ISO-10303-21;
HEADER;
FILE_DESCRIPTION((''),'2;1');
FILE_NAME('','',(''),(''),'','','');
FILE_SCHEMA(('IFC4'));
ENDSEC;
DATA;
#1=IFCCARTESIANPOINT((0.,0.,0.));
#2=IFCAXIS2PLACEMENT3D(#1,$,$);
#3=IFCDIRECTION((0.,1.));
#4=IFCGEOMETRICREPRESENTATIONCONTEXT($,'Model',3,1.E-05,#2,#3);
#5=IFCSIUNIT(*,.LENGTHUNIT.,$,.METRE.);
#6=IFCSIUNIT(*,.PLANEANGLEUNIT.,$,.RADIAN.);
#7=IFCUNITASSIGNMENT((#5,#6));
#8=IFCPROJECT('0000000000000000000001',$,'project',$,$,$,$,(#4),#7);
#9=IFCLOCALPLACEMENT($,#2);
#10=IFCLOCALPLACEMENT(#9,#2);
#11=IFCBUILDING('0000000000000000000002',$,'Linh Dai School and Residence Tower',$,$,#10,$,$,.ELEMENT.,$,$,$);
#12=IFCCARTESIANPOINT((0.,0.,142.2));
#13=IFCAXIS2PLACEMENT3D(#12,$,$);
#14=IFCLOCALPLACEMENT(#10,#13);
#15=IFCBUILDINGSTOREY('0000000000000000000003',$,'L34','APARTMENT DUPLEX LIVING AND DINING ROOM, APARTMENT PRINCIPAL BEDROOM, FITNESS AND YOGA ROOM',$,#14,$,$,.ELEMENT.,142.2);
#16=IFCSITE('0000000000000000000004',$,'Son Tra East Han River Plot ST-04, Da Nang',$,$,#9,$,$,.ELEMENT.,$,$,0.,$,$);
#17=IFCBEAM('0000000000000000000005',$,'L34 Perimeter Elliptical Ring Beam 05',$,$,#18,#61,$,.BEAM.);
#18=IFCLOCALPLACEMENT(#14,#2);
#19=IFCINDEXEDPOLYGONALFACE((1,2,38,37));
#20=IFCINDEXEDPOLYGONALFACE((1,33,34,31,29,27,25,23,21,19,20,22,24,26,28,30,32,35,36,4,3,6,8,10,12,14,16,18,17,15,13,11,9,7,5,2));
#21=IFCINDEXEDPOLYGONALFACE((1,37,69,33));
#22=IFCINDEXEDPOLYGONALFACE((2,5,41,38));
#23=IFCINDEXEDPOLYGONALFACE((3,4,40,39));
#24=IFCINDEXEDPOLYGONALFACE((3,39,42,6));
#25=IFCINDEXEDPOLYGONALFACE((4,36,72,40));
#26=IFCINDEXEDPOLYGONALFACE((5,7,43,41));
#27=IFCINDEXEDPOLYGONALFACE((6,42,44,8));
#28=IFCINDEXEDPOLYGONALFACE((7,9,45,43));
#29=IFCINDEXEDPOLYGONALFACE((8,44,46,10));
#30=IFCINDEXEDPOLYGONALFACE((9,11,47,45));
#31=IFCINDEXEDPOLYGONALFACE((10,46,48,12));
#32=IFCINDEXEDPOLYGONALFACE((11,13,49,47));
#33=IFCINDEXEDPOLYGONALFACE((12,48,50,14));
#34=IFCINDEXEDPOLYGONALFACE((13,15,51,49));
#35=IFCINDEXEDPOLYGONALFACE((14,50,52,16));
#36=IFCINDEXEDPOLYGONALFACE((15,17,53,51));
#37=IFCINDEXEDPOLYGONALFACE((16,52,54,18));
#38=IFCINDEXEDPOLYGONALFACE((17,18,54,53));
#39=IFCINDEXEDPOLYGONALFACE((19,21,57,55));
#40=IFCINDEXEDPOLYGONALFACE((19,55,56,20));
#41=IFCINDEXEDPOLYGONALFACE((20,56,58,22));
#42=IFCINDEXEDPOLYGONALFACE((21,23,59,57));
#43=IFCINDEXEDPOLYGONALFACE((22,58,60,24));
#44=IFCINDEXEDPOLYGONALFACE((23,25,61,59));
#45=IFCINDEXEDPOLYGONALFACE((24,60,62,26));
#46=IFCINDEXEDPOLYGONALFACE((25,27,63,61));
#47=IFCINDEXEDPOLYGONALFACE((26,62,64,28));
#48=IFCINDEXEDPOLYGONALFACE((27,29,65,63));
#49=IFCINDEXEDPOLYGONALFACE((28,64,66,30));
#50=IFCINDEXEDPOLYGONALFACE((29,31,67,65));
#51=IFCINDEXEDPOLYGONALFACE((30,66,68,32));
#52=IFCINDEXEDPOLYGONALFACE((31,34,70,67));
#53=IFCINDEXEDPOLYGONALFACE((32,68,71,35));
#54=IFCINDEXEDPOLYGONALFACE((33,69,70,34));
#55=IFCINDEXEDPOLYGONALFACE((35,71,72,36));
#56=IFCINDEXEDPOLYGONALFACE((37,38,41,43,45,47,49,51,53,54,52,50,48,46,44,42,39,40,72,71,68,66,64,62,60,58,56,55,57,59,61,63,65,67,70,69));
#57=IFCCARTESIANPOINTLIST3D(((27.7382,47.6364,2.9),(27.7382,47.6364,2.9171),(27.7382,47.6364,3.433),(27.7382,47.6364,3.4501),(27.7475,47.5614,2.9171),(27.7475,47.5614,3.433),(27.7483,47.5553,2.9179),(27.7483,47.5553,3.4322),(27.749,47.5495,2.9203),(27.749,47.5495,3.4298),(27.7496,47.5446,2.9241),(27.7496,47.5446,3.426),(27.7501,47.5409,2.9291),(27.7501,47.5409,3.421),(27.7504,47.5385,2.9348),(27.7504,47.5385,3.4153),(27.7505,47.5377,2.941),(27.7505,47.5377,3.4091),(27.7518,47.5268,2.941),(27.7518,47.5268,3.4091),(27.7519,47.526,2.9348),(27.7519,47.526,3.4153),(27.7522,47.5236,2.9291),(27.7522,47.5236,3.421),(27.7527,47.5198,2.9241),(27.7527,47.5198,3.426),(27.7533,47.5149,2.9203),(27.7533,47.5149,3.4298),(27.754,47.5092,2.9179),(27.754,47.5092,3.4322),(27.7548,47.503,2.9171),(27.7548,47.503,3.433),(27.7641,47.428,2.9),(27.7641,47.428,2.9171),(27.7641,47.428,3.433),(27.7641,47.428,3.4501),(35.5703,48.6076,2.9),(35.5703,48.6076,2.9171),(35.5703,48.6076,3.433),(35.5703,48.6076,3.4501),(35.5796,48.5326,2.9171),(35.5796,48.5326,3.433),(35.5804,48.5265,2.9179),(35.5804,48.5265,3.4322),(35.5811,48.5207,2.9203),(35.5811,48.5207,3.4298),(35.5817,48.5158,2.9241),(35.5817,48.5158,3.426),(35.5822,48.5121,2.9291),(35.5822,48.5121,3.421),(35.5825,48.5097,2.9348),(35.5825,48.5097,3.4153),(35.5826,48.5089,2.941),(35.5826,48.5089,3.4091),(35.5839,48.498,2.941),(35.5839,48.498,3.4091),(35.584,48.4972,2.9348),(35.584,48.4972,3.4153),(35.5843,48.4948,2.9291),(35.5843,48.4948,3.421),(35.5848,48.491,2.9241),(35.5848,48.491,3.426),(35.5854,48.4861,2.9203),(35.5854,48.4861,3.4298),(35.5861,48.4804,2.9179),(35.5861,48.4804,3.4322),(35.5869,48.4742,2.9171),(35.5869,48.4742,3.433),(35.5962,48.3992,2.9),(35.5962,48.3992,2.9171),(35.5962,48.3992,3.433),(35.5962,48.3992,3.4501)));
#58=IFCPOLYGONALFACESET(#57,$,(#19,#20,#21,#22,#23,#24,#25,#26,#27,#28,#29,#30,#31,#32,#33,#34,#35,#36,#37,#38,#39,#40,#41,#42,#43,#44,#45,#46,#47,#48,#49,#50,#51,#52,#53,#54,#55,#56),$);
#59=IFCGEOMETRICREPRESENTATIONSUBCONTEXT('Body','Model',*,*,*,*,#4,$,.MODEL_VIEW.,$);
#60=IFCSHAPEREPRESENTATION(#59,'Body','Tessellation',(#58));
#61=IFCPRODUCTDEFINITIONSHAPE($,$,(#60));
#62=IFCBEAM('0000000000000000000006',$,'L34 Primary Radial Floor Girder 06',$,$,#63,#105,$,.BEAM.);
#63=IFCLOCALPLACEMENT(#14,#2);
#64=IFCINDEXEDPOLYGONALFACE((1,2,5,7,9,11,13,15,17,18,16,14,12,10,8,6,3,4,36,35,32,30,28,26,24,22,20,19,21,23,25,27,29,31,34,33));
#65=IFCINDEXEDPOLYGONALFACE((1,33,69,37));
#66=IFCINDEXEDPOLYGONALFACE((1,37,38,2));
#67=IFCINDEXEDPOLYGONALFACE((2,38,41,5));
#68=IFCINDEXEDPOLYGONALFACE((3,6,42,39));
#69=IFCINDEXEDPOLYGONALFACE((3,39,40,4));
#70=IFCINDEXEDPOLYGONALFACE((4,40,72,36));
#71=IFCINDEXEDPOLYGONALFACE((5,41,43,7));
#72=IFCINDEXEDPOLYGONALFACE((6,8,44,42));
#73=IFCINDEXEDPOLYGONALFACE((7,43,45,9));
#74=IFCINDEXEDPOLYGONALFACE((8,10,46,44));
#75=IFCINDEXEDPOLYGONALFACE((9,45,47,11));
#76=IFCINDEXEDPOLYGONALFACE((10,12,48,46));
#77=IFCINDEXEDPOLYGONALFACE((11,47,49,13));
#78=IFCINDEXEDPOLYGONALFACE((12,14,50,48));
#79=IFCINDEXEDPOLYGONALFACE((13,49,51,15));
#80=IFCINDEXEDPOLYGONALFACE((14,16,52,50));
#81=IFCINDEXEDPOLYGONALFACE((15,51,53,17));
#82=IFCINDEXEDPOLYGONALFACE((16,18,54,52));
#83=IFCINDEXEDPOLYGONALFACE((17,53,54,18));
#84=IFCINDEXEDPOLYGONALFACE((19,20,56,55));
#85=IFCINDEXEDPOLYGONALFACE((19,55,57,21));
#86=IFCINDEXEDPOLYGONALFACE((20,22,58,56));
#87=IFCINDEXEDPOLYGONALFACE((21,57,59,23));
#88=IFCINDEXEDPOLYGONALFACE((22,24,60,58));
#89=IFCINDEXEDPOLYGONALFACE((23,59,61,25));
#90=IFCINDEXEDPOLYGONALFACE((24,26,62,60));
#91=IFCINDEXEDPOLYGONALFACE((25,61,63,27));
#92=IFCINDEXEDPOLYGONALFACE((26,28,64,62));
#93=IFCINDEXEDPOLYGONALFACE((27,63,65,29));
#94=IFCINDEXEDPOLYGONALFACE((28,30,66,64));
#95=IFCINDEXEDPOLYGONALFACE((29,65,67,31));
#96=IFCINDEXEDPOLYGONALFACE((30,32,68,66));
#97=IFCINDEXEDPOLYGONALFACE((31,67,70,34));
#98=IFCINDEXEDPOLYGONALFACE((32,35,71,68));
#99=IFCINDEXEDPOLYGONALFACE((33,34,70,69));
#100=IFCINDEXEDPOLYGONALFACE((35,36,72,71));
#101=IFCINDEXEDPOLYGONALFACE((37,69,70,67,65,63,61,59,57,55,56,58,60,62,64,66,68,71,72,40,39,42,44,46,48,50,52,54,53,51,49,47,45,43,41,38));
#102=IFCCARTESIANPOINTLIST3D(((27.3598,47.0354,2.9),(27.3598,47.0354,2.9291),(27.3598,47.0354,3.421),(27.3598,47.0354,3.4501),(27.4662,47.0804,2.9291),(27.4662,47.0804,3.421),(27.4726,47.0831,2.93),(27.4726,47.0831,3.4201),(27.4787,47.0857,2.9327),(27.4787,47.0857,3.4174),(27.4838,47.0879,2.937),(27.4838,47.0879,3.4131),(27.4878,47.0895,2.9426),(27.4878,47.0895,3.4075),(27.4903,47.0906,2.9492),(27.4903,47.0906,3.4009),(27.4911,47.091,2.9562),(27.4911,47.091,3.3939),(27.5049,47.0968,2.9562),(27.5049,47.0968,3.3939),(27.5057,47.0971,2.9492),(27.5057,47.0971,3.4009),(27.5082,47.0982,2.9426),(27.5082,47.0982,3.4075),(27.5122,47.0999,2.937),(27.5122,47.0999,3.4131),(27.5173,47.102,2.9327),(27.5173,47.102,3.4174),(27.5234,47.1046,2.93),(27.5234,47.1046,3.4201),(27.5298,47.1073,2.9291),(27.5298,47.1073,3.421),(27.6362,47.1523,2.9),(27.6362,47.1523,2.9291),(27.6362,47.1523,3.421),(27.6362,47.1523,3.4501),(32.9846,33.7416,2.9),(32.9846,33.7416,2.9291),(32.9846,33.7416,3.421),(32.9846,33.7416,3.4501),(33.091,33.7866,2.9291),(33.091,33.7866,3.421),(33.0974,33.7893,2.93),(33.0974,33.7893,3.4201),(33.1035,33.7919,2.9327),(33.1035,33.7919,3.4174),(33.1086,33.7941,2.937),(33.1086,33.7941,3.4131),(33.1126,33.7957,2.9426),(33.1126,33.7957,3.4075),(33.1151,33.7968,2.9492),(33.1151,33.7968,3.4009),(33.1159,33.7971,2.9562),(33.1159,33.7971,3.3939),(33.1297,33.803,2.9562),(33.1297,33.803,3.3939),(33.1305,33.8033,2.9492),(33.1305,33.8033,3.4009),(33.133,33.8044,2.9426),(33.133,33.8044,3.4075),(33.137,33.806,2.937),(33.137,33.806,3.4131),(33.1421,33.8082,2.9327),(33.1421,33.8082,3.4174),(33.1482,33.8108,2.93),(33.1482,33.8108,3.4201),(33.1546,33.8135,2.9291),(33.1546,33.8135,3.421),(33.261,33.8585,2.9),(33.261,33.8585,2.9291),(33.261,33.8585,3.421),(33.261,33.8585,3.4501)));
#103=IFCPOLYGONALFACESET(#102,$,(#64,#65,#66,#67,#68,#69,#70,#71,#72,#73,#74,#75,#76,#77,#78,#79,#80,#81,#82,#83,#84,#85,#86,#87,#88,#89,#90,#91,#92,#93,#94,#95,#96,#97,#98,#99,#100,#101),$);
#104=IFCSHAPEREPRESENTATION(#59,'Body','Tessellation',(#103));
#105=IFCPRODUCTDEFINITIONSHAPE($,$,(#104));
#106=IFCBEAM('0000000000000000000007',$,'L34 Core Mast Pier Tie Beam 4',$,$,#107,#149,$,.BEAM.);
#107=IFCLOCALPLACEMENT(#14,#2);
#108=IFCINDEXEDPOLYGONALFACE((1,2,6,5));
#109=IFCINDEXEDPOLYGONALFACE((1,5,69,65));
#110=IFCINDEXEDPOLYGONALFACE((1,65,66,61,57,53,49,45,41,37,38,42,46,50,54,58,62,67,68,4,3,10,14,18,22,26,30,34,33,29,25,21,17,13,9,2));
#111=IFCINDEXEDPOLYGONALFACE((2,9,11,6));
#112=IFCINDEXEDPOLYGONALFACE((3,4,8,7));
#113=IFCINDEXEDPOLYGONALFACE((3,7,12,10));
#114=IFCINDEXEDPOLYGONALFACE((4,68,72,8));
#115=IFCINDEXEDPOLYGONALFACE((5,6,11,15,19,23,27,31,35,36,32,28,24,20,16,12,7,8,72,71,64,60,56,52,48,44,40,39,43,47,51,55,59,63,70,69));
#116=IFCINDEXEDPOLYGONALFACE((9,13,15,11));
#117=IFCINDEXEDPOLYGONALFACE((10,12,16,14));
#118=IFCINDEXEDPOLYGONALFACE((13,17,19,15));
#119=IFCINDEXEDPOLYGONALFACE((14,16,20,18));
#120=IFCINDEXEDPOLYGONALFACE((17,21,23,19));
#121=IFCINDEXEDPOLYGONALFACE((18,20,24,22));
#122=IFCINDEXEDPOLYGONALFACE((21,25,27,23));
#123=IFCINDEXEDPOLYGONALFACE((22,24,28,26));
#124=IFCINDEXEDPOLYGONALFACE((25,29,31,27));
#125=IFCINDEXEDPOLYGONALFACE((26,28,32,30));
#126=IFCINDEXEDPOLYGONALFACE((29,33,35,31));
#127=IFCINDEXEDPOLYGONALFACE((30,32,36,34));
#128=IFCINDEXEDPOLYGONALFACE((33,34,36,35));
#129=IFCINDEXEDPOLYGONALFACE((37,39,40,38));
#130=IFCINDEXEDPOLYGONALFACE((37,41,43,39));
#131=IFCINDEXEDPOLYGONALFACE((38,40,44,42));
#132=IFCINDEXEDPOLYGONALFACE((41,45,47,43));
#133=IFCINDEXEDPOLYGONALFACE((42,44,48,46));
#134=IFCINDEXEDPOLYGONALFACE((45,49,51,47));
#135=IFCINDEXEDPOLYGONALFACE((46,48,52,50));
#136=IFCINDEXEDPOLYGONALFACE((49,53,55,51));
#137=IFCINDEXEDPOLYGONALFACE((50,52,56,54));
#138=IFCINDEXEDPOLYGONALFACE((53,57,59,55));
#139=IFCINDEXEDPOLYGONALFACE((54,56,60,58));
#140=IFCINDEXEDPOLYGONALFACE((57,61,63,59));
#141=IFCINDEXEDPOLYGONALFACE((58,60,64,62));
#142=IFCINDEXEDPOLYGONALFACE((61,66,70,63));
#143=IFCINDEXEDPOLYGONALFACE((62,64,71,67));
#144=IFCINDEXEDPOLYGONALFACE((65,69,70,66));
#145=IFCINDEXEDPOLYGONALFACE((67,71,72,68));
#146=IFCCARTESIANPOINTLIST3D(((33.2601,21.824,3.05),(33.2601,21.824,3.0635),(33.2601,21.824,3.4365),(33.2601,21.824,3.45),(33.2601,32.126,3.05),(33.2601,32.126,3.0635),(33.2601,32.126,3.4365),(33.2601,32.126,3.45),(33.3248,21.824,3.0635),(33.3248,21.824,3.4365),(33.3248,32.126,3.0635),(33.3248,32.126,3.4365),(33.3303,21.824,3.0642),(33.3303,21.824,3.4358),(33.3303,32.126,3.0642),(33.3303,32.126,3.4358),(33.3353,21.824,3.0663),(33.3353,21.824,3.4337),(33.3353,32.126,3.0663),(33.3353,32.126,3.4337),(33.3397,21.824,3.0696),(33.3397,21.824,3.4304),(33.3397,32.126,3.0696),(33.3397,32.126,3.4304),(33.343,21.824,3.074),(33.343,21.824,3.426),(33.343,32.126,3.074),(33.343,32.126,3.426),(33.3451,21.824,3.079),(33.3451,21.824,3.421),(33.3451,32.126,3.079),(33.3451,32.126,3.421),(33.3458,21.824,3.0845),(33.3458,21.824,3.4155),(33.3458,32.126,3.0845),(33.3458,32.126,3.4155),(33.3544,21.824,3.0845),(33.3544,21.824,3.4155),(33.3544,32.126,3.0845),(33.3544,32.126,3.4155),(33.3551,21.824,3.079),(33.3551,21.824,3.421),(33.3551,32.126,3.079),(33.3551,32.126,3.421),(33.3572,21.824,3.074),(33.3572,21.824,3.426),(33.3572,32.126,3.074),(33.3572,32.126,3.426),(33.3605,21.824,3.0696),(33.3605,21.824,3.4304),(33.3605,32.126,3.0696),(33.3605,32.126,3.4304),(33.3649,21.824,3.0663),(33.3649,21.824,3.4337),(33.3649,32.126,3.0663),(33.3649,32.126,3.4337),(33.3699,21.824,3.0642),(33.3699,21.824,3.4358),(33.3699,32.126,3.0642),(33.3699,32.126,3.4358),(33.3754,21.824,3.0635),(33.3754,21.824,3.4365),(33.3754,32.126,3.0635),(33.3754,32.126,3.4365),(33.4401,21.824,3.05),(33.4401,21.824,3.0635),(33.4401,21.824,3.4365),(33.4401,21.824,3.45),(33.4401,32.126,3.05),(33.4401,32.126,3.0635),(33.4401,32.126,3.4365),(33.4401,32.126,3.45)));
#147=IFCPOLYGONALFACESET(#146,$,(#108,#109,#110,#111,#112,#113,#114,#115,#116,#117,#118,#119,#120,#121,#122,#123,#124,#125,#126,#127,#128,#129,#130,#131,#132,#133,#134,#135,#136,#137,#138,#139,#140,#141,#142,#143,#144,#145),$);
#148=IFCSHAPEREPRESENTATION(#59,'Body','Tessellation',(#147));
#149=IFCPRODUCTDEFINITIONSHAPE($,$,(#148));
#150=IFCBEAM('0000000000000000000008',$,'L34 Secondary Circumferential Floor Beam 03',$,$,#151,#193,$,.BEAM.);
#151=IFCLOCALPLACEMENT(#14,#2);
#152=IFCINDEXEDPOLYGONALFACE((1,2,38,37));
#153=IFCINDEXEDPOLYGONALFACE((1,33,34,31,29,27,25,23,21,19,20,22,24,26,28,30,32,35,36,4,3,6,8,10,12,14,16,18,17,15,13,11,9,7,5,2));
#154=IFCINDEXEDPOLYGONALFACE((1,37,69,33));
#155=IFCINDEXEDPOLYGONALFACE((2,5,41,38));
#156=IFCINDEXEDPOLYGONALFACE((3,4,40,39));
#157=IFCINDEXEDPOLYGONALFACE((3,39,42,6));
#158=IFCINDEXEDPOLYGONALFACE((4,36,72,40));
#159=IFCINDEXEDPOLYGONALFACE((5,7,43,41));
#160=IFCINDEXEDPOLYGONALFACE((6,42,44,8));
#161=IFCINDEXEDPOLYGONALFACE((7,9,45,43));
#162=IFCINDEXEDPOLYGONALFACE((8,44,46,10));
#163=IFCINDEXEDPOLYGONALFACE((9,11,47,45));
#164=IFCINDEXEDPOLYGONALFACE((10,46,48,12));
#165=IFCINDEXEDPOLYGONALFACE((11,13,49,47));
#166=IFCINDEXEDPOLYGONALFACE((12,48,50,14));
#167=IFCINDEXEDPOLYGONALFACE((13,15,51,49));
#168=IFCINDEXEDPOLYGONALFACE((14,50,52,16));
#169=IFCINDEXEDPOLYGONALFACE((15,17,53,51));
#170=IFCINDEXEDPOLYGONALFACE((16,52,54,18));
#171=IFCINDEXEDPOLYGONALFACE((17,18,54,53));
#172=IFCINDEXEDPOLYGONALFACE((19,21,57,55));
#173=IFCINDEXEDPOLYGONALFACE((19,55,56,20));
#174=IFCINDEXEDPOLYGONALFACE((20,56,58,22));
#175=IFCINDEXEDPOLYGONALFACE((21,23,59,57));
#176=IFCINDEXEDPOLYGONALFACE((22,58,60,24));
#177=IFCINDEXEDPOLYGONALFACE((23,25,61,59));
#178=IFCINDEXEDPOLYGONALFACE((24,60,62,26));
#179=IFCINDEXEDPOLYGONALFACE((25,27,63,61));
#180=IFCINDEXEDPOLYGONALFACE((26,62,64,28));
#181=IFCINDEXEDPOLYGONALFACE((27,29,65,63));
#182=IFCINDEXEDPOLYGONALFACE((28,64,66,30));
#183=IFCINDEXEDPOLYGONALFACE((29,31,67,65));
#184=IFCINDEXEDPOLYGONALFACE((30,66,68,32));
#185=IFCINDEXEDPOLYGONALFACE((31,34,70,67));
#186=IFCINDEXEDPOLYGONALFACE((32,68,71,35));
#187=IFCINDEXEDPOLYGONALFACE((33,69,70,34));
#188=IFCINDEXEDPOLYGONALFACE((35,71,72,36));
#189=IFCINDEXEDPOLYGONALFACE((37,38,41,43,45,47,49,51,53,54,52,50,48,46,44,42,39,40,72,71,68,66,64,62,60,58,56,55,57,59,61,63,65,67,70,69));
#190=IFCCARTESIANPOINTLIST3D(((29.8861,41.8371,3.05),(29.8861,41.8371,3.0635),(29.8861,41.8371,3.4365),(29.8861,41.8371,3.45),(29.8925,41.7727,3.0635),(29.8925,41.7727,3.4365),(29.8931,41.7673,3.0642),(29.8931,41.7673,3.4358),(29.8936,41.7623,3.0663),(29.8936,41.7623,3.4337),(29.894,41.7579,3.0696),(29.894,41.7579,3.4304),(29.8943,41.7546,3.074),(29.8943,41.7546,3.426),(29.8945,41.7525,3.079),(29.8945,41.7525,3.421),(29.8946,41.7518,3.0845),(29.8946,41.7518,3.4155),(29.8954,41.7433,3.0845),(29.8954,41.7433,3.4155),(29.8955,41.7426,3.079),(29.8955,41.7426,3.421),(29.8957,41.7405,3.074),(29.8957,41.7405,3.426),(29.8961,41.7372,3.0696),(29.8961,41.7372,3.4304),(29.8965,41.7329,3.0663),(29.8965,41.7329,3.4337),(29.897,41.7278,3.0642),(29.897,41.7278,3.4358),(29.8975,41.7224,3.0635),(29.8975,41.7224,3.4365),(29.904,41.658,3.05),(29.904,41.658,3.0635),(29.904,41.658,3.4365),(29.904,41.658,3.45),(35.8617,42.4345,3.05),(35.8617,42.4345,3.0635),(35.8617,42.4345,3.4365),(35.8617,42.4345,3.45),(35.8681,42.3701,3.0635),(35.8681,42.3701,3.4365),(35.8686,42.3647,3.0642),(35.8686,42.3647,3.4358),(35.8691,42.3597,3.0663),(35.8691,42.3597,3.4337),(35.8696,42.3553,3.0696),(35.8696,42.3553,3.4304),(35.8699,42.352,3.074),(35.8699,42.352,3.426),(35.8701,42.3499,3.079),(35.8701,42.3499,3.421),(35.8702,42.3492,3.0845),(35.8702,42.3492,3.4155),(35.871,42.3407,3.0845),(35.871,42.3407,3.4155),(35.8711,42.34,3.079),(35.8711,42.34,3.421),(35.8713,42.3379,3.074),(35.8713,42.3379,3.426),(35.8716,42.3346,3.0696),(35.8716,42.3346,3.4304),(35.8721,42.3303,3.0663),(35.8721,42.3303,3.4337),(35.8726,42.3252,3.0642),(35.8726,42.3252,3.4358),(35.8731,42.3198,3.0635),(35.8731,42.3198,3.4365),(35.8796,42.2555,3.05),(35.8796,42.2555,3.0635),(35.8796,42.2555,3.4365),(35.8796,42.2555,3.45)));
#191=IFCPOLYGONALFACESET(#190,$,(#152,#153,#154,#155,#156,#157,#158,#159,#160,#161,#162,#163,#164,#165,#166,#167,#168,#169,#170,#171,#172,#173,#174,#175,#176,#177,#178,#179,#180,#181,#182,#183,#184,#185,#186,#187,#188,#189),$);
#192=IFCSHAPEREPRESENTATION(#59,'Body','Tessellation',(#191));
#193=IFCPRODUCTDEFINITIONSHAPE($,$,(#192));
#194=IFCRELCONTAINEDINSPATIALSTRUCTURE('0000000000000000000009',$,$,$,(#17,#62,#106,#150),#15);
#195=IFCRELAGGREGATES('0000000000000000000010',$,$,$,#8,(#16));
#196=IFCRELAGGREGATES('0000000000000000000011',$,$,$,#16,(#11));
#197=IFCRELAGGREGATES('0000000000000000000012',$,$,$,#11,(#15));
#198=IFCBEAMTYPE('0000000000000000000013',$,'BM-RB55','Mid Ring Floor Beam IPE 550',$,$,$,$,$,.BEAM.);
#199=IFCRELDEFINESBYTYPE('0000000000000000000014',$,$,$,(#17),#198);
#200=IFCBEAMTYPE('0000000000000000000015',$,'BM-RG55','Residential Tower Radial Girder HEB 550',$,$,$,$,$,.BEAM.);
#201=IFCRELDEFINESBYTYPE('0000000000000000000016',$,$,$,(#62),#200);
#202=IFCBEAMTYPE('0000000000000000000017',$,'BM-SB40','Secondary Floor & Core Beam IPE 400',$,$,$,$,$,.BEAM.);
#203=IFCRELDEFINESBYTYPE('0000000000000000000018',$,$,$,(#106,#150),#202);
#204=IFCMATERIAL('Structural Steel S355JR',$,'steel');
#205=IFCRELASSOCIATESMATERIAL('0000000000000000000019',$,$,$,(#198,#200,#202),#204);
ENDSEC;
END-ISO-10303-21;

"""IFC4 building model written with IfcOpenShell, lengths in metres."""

from ifc_helpers import new_model, si_unit, direction, frame, origin, origin_2d, place, context, subcontext, project, spatial, i_section, extrude, material, material_profile, profile_set, type_object, element, save


model = new_model("IFC4")

# Units and contexts
model_context = context("Model", 3, precision=1e-05, world=origin(), true_north=direction((0.0, 1.0)))
body_context = subcontext(model_context, "Body", "Model", "MODEL_VIEW")
ifc_project = project(units=[si_unit("LENGTHUNIT", "METRE"), si_unit("PLANEANGLEUNIT", "RADIAN")], contexts=[model_context])

# Site, building, storey
site_placement = place(None, origin())
site = spatial("IfcSite", under=ifc_project, at=site_placement, Name="Son Tra East Han River Plot ST-04, Da Nang", CompositionType="ELEMENT", RefElevation=0.0)
building_placement = place(site_placement, origin())
building = spatial("IfcBuilding", under=site, at=building_placement, Name="Linh Dai School and Residence Tower", CompositionType="ELEMENT")
storey_placement = place(building_placement, frame((0.0, 0.0, 142.2)))
storey = spatial("IfcBuildingStorey", under=building, at=storey_placement, Name="L34", Description="APARTMENT DUPLEX LIVING AND DINING ROOM, APARTMENT PRINCIPAL BEDROOM, FITNESS AND YOGA ROOM", CompositionType="ELEMENT", Elevation=142.2)

# Shared definitions
ifc_material_1 = material(Name="Structural Steel S355JR", Category="steel")

# Beams
ifc_material_profile_1 = material_profile(ifc_material_1, i_section(OverallWidth=0.21, OverallDepth=0.55, WebThickness=0.011, FlangeThickness=0.0171, FilletRadius=0.0239, at=origin_2d()), Name="IPE 550")
ifc_profile_set_1 = profile_set([ifc_material_profile_1], Name="Structural Steel S355JR")
beam_type_1 = type_object("IfcBeamType", Name="BM-RB55", Description="Mid Ring Floor Beam IPE 550", PredefinedType="BEAM", material=ifc_profile_set_1)
beam_1_placement = place(storey_placement, frame((35.5833, 48.5034, 3.175), z_axis=(-0.992399, -0.12306, 0.0), x_axis=(0.12306, -0.992399, 0.0)))
element("IfcBeam", 1, at=beam_1_placement, inside=storey, type_object=beam_type_1, Name="L34 Perimeter Elliptical Ring Beam 05", PredefinedType="BEAM", context=body_context, shape_type="SweptSolid", body=[
    extrude(i_section(OverallWidth=0.21, OverallDepth=0.55, WebThickness=0.011, FlangeThickness=0.0171, FilletRadius=0.0239, at=origin_2d()), origin(), (0.0, 0.0, 1.0), 7.8921),
])
ifc_material_profile_2 = material_profile(ifc_material_1, i_section(OverallWidth=0.3, OverallDepth=0.55, WebThickness=0.0149, FlangeThickness=0.0291, FilletRadius=0.0271, at=origin_2d()), Name="HEB 550")
ifc_profile_set_2 = profile_set([ifc_material_profile_2], Name="Structural Steel S355JR")
beam_type_2 = type_object("IfcBeamType", Name="BM-RG55", Description="Residential Tower Radial Girder HEB 550", PredefinedType="BEAM", material=ifc_profile_set_2)
beam_2_placement = place(storey_placement, frame((33.1228, 33.8, 3.175), z_axis=(-0.389669, 0.920955, 0.0), x_axis=(-0.920955, -0.389669, 0.0)))
element("IfcBeam", 2, at=beam_2_placement, inside=storey, type_object=beam_type_2, Name="L34 Primary Radial Floor Girder 06", PredefinedType="BEAM", context=body_context, shape_type="SweptSolid", body=[
    extrude(i_section(OverallWidth=0.3, OverallDepth=0.55, WebThickness=0.0149, FlangeThickness=0.0291, FilletRadius=0.0271, at=origin_2d()), origin(), (0.0, 0.0, 1.0), 14.4348),
])
ifc_material_profile_3 = material_profile(ifc_material_1, i_section(OverallWidth=0.1799, OverallDepth=0.3999, WebThickness=0.0085, FlangeThickness=0.0134, FilletRadius=0.021, at=origin_2d()), Name="IPE 400")
ifc_profile_set_3 = profile_set([ifc_material_profile_3], Name="Structural Steel S355JR")
beam_type_3 = type_object("IfcBeamType", Name="BM-SB40", Description="Secondary Floor & Core Beam IPE 400", PredefinedType="BEAM", material=ifc_profile_set_3)
beam_3_placement = place(storey_placement, frame((33.3501, 32.126, 3.25), z_axis=(0.0, -1.0, 0.0), x_axis=(1.0, 0.0, 0.0)))
element("IfcBeam", 3, at=beam_3_placement, inside=storey, type_object=beam_type_3, Name="L34 Core Mast Pier Tie Beam 4", PredefinedType="BEAM", context=body_context, shape_type="SweptSolid", body=[
    extrude(i_section(OverallWidth=0.1799, OverallDepth=0.3999, WebThickness=0.0085, FlangeThickness=0.0134, FilletRadius=0.021, at=origin_2d()), origin(), (0.0, 0.0, 1.0), 10.302),
])
beam_4_placement = place(storey_placement, frame((35.8706, 42.345, 3.25), z_axis=(-0.99504, -0.09948, 0.0), x_axis=(0.09948, -0.99504, 0.0)))
element("IfcBeam", 4, at=beam_4_placement, inside=storey, type_object=beam_type_3, Name="L34 Secondary Circumferential Floor Beam 03", PredefinedType="BEAM", context=body_context, shape_type="SweptSolid", body=[
    extrude(i_section(OverallWidth=0.1799, OverallDepth=0.3999, WebThickness=0.0085, FlangeThickness=0.0134, FilletRadius=0.021, at=origin_2d()), origin(), (0.0, 0.0, 1.0), 6.0054),
])

save(model, "model.ifc")
